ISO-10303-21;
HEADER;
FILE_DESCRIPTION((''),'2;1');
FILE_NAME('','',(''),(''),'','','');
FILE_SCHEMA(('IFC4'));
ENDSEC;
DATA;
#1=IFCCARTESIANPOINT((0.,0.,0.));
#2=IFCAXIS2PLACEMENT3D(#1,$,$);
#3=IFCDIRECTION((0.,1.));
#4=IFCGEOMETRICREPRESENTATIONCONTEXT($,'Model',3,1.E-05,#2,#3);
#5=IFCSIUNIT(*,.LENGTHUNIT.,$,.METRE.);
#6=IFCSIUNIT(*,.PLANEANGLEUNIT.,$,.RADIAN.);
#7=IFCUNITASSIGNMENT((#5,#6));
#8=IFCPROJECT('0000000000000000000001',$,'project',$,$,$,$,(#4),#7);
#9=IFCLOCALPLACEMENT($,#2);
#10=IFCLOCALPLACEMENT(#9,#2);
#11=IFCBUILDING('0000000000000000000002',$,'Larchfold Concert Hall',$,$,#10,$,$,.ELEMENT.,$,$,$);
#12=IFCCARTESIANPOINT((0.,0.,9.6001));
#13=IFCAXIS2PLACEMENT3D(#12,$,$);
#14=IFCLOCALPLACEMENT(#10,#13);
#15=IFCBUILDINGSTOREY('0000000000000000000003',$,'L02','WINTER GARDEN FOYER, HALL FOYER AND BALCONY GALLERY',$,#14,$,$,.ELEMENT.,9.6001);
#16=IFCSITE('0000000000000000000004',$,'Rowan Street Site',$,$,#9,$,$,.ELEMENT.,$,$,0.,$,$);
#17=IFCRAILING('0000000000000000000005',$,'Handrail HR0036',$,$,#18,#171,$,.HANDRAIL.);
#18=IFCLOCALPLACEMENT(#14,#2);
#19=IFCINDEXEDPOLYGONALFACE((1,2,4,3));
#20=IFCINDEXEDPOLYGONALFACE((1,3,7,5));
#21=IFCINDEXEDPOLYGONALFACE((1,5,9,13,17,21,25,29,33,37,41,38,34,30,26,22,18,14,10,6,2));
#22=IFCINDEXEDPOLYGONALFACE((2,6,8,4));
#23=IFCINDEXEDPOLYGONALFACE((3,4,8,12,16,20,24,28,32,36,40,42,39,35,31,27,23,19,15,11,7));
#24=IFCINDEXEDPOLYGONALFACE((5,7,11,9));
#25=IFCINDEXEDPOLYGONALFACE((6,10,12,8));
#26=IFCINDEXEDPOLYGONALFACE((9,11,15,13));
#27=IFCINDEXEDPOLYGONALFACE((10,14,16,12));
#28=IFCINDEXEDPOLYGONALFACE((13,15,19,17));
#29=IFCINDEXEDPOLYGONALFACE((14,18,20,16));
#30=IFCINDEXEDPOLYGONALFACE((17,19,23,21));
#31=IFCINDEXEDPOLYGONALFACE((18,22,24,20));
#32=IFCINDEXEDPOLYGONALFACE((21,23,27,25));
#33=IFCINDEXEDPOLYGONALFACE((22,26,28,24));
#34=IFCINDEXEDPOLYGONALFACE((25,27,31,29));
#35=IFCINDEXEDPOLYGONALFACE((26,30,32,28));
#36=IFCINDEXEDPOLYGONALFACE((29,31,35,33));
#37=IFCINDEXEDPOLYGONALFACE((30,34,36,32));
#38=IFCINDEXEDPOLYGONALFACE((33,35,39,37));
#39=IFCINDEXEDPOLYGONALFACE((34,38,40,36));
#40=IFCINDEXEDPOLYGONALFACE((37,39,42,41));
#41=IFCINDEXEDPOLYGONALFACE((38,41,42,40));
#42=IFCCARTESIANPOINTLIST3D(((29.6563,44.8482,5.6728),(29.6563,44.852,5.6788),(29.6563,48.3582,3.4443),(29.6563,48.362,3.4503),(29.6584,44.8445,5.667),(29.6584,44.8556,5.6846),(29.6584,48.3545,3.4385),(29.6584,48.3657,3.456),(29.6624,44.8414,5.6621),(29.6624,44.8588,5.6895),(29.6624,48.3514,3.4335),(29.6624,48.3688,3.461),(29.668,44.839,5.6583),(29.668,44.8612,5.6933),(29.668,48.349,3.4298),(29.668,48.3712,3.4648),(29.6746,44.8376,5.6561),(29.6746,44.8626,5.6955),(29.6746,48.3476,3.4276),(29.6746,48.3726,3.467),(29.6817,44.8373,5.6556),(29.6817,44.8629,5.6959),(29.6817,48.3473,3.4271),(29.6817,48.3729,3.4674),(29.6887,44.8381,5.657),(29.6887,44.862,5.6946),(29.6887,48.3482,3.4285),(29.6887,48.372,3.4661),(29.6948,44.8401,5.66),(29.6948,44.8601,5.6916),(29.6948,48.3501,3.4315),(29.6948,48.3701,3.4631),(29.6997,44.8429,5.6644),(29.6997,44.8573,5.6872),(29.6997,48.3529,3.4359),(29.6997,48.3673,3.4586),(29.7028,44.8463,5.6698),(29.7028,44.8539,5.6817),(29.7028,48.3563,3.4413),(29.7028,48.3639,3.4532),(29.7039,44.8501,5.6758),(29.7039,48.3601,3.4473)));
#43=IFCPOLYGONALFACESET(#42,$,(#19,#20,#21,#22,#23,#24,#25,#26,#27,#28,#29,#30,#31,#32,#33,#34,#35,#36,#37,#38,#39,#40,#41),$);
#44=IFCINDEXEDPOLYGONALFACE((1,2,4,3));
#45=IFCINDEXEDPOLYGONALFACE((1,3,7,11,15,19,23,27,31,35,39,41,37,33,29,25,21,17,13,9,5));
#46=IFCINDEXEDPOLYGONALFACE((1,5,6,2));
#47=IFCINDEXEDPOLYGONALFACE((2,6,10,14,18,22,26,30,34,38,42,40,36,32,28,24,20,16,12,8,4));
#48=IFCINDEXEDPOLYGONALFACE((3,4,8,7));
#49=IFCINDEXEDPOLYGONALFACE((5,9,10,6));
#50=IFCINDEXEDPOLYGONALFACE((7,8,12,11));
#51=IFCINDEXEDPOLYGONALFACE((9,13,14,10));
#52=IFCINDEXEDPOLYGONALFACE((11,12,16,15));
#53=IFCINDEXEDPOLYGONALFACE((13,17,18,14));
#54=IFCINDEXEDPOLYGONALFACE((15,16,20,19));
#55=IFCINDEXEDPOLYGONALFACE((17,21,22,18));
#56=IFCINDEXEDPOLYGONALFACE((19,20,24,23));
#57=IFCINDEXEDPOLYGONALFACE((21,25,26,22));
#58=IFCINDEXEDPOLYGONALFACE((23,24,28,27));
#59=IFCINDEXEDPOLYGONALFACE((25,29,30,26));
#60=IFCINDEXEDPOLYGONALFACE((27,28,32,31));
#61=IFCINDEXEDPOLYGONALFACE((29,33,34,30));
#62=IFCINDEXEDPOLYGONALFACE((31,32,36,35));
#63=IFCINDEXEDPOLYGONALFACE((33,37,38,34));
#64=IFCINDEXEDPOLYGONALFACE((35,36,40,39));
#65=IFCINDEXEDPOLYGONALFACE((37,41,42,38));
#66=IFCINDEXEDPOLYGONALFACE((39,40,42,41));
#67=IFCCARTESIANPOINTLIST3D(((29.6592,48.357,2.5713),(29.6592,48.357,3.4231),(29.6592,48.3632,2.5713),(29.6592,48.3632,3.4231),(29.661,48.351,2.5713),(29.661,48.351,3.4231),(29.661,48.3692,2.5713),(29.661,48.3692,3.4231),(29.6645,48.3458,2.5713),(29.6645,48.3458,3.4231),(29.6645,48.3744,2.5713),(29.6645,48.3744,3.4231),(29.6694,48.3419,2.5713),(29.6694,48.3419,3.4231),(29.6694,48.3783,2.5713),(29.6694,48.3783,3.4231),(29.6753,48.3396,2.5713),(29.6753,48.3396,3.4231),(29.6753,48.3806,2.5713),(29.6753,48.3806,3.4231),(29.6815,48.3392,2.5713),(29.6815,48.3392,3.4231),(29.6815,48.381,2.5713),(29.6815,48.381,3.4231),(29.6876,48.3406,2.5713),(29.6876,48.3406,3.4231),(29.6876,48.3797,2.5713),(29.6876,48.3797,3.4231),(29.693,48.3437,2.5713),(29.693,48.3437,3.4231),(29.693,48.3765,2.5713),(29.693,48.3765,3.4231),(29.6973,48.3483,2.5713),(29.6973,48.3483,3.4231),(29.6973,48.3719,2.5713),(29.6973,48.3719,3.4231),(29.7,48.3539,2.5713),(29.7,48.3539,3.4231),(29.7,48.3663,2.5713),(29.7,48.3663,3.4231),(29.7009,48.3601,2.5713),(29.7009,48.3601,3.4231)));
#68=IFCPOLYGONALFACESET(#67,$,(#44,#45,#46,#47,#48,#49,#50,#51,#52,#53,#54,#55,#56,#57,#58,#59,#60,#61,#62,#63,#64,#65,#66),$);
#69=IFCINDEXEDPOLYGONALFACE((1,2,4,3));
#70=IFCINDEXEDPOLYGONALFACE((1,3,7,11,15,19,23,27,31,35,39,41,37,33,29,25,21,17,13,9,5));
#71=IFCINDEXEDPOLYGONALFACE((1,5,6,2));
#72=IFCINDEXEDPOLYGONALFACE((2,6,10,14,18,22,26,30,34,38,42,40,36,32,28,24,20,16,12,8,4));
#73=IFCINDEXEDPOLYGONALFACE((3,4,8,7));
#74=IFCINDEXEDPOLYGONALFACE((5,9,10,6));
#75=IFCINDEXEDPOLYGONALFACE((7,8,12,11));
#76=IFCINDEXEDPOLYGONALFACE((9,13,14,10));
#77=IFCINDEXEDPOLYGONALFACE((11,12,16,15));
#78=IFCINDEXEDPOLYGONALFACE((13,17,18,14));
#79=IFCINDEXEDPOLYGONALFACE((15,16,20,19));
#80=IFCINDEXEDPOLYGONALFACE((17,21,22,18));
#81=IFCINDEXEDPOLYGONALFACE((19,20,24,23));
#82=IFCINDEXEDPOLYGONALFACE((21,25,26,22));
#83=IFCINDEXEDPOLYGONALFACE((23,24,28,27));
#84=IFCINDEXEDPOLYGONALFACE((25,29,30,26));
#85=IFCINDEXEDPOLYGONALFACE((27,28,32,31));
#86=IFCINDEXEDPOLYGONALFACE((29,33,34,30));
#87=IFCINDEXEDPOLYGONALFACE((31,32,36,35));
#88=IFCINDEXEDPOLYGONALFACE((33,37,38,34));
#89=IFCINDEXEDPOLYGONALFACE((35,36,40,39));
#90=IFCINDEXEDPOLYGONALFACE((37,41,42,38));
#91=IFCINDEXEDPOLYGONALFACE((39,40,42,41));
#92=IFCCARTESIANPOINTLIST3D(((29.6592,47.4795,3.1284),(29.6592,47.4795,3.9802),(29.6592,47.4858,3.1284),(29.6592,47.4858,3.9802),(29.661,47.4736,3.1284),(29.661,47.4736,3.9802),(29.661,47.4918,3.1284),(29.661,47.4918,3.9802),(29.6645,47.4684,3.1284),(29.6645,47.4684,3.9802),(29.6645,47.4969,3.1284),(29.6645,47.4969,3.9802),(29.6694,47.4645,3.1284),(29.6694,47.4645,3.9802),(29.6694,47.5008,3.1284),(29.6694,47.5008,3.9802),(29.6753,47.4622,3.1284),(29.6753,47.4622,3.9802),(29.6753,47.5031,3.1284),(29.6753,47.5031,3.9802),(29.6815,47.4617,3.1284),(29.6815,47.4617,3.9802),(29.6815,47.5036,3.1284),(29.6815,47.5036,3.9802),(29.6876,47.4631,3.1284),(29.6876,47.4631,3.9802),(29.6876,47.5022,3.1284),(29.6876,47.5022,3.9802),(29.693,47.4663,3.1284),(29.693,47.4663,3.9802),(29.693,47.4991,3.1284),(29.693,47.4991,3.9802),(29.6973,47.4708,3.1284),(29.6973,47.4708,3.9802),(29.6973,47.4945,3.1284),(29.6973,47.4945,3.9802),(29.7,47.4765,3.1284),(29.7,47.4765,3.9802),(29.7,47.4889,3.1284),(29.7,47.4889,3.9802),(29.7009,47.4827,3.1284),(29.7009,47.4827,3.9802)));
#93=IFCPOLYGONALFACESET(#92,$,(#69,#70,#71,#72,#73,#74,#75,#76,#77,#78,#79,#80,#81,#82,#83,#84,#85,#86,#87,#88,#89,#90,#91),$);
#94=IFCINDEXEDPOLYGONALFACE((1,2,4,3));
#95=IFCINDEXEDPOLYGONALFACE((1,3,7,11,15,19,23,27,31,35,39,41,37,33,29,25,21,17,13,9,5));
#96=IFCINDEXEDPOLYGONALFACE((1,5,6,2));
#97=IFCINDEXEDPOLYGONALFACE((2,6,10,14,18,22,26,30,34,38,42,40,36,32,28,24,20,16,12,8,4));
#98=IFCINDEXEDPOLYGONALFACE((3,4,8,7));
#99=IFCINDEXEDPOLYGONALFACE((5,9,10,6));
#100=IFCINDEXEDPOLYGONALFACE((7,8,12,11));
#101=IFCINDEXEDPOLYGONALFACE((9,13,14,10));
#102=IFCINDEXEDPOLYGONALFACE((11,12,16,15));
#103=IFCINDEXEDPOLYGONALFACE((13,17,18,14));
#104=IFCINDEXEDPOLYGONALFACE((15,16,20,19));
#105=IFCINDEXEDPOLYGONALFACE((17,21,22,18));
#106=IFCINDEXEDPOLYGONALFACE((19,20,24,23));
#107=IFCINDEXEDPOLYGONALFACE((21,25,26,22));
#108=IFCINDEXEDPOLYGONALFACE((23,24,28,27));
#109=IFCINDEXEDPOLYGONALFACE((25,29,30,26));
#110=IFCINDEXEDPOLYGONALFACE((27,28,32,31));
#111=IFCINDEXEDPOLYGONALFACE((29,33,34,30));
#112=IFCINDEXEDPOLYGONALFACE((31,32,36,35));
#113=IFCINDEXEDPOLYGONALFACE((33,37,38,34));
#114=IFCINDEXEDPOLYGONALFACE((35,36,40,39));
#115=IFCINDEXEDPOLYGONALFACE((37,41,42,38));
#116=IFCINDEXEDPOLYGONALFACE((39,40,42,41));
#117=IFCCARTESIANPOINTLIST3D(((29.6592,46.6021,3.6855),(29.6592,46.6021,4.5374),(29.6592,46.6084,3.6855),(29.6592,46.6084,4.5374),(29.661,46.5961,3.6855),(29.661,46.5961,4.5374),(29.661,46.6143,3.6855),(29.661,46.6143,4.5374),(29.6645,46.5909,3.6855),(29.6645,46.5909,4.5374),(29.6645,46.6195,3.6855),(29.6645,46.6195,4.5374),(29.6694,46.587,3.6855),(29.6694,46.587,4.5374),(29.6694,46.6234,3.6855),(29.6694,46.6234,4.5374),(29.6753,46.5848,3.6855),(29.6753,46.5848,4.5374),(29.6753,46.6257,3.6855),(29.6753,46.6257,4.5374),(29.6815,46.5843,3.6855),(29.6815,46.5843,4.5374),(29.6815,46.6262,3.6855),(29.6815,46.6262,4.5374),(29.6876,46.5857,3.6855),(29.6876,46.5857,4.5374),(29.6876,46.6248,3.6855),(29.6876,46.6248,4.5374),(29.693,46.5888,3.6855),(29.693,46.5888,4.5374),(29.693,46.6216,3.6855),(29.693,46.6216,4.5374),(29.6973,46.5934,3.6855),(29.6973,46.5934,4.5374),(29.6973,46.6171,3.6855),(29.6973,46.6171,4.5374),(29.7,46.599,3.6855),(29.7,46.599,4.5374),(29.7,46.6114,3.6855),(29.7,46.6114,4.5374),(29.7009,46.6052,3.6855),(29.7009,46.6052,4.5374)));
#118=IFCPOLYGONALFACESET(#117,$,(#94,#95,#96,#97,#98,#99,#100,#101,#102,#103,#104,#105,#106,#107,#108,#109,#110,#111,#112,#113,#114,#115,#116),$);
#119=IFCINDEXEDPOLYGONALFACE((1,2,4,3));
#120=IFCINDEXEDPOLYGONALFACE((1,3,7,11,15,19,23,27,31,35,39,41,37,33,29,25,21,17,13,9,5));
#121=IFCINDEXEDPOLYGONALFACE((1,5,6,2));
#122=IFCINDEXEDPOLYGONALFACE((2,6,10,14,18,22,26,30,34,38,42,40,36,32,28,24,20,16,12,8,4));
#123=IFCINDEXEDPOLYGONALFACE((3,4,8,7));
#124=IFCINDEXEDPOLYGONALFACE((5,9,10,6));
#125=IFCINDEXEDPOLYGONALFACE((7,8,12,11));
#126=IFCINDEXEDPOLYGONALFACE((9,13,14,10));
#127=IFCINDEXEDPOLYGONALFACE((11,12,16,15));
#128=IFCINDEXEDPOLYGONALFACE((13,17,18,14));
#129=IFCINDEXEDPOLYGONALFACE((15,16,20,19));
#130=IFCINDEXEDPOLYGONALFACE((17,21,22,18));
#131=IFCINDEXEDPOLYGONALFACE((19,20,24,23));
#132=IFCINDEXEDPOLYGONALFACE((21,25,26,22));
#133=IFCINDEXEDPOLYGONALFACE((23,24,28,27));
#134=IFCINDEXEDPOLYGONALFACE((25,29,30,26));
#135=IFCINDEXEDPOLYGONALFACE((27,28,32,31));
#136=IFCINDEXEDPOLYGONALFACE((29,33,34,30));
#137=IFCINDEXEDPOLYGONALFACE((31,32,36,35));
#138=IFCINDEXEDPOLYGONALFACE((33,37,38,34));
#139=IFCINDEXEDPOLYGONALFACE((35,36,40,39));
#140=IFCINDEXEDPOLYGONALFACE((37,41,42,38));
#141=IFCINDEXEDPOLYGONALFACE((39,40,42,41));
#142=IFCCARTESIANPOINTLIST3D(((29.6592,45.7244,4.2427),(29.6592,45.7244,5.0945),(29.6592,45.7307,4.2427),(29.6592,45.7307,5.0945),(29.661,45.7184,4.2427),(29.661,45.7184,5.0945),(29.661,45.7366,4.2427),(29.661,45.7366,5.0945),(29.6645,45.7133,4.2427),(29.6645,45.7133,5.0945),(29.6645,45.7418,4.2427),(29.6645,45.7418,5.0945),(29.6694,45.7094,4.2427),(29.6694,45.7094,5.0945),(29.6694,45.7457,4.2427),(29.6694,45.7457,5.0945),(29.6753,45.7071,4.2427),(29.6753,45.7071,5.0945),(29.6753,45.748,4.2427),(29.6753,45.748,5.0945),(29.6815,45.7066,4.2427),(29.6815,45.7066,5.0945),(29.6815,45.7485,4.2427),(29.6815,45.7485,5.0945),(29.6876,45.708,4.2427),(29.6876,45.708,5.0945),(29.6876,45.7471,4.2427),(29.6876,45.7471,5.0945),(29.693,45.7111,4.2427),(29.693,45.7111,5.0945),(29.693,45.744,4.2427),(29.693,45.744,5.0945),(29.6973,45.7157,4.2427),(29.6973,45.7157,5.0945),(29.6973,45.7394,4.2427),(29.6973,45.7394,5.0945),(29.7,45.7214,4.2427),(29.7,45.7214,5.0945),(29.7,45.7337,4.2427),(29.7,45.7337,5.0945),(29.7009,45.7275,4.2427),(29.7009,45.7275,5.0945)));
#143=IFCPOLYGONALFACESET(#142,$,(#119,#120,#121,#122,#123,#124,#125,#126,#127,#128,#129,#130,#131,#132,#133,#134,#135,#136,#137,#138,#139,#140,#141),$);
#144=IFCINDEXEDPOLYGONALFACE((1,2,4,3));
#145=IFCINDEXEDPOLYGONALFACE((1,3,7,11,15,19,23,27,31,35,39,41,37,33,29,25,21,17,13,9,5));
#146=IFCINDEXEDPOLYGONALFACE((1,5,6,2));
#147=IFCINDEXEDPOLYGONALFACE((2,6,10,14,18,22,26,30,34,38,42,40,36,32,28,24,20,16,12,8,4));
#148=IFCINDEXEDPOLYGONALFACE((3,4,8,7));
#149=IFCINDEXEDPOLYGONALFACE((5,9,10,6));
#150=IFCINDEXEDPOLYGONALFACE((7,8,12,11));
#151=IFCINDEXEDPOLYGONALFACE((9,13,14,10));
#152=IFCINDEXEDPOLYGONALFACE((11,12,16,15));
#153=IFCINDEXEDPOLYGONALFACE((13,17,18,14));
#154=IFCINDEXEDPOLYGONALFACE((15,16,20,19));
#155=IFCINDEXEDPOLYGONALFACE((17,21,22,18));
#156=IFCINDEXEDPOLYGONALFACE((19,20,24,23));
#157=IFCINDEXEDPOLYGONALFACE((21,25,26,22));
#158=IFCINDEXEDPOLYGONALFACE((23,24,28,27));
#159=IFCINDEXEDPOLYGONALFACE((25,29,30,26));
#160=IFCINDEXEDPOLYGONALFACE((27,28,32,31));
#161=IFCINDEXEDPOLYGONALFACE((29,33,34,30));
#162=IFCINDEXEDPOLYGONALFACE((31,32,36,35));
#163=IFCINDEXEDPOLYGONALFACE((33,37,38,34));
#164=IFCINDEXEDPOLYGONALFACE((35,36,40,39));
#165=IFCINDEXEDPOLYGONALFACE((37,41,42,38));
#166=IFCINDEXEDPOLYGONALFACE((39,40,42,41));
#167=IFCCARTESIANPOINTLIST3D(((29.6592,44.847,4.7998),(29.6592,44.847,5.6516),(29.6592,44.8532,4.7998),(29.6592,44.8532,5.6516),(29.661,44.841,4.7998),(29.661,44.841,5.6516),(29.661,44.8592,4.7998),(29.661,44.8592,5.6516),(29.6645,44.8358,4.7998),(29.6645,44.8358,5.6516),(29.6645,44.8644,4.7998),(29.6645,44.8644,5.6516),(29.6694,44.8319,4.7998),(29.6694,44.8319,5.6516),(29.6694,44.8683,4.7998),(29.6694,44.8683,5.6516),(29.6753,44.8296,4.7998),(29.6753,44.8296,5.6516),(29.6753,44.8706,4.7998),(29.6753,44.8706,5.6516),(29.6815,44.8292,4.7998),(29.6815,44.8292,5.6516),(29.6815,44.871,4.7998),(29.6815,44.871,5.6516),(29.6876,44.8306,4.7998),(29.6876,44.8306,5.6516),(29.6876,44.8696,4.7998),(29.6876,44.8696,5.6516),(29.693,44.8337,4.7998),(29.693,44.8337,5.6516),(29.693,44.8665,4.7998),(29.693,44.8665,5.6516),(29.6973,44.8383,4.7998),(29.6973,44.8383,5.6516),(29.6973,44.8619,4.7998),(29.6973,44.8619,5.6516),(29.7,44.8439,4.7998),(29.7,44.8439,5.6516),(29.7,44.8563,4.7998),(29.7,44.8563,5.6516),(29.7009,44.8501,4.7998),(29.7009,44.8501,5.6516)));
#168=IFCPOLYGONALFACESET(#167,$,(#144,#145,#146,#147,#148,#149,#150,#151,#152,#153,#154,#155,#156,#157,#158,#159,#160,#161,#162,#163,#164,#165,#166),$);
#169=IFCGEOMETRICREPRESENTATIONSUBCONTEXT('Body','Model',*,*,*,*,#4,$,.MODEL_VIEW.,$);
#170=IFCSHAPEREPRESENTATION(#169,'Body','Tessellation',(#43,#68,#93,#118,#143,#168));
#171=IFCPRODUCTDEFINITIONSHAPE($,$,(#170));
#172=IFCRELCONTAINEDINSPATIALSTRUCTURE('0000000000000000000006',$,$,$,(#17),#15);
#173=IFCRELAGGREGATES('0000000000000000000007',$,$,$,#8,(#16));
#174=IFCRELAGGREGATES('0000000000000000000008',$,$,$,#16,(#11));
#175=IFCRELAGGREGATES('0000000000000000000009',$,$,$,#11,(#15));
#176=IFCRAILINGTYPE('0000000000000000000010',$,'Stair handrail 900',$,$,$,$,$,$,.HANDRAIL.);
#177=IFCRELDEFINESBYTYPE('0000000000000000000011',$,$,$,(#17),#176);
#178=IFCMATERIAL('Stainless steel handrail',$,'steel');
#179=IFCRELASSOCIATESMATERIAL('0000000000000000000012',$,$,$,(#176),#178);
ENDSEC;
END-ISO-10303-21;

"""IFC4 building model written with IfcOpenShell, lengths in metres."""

from ifc_helpers import new_model, si_unit, direction, frame, origin, origin_2d, place, context, subcontext, project, spatial, circle, extrude, material, type_object, element, save


model = new_model("IFC4")

# Units and contexts
model_context = context("Model", 3, precision=1e-05, world=origin(), true_north=direction((0.0, 1.0)))
body_context = subcontext(model_context, "Body", "Model", "MODEL_VIEW")
ifc_project = project(units=[si_unit("LENGTHUNIT", "METRE"), si_unit("PLANEANGLEUNIT", "RADIAN")], contexts=[model_context])

# Site, building, storey
site_placement = place(None, origin())
site = spatial("IfcSite", under=ifc_project, at=site_placement, Name="Rowan Street Site", CompositionType="ELEMENT", RefElevation=0.0)
building_placement = place(site_placement, origin())
building = spatial("IfcBuilding", under=site, at=building_placement, Name="Larchfold Concert Hall", CompositionType="ELEMENT")
storey_placement = place(building_placement, frame((0.0, 0.0, 9.6001)))
storey = spatial("IfcBuildingStorey", under=building, at=storey_placement, Name="L02", Description="WINTER GARDEN FOYER, HALL FOYER AND BALCONY GALLERY", CompositionType="ELEMENT", Elevation=9.6001)

# Railing
ifc_material_1 = material(Name="Stainless steel handrail", Category="steel")
railing_type_1 = type_object("IfcRailingType", Name="Stair handrail 900", PredefinedType="HANDRAIL", material=ifc_material_1)
railing_1_placement = place(storey_placement, frame((29.6799, 48.3601, 2.5713)))
element("IfcRailing", 1, at=railing_1_placement, inside=storey, type_object=railing_type_1, Name="Handrail HR0036", PredefinedType="HANDRAIL", context=body_context, shape_type="SweptSolid", body=[
    extrude(circle(Radius=0.0239, at=origin_2d()), frame((0.0, 0.0, 0.876), z_axis=(0.0, -0.84422, 0.535998), x_axis=(1.0, 0.0, 0.0)), (0.0, 0.0, 1.0), 4.1577),
    extrude(circle(Radius=0.021, at=origin_2d()), origin(), (0.0, 0.0, 1.0), 0.8518),
    extrude(circle(Radius=0.021, at=origin_2d()), frame((0.0, -0.8774, 0.5571)), (0.0, 0.0, 1.0), 0.8518),
    extrude(circle(Radius=0.021, at=origin_2d()), frame((0.0, -1.7549, 1.1143)), (0.0, 0.0, 1.0), 0.8518),
    extrude(circle(Radius=0.021, at=origin_2d()), frame((0.0, -2.6326, 1.6714)), (0.0, 0.0, 1.0), 0.8518),
    extrude(circle(Radius=0.021, at=origin_2d()), frame((0.0, -3.51, 2.2285)), (0.0, 0.0, 1.0), 0.8518),
])

save(model, "model.ifc")
